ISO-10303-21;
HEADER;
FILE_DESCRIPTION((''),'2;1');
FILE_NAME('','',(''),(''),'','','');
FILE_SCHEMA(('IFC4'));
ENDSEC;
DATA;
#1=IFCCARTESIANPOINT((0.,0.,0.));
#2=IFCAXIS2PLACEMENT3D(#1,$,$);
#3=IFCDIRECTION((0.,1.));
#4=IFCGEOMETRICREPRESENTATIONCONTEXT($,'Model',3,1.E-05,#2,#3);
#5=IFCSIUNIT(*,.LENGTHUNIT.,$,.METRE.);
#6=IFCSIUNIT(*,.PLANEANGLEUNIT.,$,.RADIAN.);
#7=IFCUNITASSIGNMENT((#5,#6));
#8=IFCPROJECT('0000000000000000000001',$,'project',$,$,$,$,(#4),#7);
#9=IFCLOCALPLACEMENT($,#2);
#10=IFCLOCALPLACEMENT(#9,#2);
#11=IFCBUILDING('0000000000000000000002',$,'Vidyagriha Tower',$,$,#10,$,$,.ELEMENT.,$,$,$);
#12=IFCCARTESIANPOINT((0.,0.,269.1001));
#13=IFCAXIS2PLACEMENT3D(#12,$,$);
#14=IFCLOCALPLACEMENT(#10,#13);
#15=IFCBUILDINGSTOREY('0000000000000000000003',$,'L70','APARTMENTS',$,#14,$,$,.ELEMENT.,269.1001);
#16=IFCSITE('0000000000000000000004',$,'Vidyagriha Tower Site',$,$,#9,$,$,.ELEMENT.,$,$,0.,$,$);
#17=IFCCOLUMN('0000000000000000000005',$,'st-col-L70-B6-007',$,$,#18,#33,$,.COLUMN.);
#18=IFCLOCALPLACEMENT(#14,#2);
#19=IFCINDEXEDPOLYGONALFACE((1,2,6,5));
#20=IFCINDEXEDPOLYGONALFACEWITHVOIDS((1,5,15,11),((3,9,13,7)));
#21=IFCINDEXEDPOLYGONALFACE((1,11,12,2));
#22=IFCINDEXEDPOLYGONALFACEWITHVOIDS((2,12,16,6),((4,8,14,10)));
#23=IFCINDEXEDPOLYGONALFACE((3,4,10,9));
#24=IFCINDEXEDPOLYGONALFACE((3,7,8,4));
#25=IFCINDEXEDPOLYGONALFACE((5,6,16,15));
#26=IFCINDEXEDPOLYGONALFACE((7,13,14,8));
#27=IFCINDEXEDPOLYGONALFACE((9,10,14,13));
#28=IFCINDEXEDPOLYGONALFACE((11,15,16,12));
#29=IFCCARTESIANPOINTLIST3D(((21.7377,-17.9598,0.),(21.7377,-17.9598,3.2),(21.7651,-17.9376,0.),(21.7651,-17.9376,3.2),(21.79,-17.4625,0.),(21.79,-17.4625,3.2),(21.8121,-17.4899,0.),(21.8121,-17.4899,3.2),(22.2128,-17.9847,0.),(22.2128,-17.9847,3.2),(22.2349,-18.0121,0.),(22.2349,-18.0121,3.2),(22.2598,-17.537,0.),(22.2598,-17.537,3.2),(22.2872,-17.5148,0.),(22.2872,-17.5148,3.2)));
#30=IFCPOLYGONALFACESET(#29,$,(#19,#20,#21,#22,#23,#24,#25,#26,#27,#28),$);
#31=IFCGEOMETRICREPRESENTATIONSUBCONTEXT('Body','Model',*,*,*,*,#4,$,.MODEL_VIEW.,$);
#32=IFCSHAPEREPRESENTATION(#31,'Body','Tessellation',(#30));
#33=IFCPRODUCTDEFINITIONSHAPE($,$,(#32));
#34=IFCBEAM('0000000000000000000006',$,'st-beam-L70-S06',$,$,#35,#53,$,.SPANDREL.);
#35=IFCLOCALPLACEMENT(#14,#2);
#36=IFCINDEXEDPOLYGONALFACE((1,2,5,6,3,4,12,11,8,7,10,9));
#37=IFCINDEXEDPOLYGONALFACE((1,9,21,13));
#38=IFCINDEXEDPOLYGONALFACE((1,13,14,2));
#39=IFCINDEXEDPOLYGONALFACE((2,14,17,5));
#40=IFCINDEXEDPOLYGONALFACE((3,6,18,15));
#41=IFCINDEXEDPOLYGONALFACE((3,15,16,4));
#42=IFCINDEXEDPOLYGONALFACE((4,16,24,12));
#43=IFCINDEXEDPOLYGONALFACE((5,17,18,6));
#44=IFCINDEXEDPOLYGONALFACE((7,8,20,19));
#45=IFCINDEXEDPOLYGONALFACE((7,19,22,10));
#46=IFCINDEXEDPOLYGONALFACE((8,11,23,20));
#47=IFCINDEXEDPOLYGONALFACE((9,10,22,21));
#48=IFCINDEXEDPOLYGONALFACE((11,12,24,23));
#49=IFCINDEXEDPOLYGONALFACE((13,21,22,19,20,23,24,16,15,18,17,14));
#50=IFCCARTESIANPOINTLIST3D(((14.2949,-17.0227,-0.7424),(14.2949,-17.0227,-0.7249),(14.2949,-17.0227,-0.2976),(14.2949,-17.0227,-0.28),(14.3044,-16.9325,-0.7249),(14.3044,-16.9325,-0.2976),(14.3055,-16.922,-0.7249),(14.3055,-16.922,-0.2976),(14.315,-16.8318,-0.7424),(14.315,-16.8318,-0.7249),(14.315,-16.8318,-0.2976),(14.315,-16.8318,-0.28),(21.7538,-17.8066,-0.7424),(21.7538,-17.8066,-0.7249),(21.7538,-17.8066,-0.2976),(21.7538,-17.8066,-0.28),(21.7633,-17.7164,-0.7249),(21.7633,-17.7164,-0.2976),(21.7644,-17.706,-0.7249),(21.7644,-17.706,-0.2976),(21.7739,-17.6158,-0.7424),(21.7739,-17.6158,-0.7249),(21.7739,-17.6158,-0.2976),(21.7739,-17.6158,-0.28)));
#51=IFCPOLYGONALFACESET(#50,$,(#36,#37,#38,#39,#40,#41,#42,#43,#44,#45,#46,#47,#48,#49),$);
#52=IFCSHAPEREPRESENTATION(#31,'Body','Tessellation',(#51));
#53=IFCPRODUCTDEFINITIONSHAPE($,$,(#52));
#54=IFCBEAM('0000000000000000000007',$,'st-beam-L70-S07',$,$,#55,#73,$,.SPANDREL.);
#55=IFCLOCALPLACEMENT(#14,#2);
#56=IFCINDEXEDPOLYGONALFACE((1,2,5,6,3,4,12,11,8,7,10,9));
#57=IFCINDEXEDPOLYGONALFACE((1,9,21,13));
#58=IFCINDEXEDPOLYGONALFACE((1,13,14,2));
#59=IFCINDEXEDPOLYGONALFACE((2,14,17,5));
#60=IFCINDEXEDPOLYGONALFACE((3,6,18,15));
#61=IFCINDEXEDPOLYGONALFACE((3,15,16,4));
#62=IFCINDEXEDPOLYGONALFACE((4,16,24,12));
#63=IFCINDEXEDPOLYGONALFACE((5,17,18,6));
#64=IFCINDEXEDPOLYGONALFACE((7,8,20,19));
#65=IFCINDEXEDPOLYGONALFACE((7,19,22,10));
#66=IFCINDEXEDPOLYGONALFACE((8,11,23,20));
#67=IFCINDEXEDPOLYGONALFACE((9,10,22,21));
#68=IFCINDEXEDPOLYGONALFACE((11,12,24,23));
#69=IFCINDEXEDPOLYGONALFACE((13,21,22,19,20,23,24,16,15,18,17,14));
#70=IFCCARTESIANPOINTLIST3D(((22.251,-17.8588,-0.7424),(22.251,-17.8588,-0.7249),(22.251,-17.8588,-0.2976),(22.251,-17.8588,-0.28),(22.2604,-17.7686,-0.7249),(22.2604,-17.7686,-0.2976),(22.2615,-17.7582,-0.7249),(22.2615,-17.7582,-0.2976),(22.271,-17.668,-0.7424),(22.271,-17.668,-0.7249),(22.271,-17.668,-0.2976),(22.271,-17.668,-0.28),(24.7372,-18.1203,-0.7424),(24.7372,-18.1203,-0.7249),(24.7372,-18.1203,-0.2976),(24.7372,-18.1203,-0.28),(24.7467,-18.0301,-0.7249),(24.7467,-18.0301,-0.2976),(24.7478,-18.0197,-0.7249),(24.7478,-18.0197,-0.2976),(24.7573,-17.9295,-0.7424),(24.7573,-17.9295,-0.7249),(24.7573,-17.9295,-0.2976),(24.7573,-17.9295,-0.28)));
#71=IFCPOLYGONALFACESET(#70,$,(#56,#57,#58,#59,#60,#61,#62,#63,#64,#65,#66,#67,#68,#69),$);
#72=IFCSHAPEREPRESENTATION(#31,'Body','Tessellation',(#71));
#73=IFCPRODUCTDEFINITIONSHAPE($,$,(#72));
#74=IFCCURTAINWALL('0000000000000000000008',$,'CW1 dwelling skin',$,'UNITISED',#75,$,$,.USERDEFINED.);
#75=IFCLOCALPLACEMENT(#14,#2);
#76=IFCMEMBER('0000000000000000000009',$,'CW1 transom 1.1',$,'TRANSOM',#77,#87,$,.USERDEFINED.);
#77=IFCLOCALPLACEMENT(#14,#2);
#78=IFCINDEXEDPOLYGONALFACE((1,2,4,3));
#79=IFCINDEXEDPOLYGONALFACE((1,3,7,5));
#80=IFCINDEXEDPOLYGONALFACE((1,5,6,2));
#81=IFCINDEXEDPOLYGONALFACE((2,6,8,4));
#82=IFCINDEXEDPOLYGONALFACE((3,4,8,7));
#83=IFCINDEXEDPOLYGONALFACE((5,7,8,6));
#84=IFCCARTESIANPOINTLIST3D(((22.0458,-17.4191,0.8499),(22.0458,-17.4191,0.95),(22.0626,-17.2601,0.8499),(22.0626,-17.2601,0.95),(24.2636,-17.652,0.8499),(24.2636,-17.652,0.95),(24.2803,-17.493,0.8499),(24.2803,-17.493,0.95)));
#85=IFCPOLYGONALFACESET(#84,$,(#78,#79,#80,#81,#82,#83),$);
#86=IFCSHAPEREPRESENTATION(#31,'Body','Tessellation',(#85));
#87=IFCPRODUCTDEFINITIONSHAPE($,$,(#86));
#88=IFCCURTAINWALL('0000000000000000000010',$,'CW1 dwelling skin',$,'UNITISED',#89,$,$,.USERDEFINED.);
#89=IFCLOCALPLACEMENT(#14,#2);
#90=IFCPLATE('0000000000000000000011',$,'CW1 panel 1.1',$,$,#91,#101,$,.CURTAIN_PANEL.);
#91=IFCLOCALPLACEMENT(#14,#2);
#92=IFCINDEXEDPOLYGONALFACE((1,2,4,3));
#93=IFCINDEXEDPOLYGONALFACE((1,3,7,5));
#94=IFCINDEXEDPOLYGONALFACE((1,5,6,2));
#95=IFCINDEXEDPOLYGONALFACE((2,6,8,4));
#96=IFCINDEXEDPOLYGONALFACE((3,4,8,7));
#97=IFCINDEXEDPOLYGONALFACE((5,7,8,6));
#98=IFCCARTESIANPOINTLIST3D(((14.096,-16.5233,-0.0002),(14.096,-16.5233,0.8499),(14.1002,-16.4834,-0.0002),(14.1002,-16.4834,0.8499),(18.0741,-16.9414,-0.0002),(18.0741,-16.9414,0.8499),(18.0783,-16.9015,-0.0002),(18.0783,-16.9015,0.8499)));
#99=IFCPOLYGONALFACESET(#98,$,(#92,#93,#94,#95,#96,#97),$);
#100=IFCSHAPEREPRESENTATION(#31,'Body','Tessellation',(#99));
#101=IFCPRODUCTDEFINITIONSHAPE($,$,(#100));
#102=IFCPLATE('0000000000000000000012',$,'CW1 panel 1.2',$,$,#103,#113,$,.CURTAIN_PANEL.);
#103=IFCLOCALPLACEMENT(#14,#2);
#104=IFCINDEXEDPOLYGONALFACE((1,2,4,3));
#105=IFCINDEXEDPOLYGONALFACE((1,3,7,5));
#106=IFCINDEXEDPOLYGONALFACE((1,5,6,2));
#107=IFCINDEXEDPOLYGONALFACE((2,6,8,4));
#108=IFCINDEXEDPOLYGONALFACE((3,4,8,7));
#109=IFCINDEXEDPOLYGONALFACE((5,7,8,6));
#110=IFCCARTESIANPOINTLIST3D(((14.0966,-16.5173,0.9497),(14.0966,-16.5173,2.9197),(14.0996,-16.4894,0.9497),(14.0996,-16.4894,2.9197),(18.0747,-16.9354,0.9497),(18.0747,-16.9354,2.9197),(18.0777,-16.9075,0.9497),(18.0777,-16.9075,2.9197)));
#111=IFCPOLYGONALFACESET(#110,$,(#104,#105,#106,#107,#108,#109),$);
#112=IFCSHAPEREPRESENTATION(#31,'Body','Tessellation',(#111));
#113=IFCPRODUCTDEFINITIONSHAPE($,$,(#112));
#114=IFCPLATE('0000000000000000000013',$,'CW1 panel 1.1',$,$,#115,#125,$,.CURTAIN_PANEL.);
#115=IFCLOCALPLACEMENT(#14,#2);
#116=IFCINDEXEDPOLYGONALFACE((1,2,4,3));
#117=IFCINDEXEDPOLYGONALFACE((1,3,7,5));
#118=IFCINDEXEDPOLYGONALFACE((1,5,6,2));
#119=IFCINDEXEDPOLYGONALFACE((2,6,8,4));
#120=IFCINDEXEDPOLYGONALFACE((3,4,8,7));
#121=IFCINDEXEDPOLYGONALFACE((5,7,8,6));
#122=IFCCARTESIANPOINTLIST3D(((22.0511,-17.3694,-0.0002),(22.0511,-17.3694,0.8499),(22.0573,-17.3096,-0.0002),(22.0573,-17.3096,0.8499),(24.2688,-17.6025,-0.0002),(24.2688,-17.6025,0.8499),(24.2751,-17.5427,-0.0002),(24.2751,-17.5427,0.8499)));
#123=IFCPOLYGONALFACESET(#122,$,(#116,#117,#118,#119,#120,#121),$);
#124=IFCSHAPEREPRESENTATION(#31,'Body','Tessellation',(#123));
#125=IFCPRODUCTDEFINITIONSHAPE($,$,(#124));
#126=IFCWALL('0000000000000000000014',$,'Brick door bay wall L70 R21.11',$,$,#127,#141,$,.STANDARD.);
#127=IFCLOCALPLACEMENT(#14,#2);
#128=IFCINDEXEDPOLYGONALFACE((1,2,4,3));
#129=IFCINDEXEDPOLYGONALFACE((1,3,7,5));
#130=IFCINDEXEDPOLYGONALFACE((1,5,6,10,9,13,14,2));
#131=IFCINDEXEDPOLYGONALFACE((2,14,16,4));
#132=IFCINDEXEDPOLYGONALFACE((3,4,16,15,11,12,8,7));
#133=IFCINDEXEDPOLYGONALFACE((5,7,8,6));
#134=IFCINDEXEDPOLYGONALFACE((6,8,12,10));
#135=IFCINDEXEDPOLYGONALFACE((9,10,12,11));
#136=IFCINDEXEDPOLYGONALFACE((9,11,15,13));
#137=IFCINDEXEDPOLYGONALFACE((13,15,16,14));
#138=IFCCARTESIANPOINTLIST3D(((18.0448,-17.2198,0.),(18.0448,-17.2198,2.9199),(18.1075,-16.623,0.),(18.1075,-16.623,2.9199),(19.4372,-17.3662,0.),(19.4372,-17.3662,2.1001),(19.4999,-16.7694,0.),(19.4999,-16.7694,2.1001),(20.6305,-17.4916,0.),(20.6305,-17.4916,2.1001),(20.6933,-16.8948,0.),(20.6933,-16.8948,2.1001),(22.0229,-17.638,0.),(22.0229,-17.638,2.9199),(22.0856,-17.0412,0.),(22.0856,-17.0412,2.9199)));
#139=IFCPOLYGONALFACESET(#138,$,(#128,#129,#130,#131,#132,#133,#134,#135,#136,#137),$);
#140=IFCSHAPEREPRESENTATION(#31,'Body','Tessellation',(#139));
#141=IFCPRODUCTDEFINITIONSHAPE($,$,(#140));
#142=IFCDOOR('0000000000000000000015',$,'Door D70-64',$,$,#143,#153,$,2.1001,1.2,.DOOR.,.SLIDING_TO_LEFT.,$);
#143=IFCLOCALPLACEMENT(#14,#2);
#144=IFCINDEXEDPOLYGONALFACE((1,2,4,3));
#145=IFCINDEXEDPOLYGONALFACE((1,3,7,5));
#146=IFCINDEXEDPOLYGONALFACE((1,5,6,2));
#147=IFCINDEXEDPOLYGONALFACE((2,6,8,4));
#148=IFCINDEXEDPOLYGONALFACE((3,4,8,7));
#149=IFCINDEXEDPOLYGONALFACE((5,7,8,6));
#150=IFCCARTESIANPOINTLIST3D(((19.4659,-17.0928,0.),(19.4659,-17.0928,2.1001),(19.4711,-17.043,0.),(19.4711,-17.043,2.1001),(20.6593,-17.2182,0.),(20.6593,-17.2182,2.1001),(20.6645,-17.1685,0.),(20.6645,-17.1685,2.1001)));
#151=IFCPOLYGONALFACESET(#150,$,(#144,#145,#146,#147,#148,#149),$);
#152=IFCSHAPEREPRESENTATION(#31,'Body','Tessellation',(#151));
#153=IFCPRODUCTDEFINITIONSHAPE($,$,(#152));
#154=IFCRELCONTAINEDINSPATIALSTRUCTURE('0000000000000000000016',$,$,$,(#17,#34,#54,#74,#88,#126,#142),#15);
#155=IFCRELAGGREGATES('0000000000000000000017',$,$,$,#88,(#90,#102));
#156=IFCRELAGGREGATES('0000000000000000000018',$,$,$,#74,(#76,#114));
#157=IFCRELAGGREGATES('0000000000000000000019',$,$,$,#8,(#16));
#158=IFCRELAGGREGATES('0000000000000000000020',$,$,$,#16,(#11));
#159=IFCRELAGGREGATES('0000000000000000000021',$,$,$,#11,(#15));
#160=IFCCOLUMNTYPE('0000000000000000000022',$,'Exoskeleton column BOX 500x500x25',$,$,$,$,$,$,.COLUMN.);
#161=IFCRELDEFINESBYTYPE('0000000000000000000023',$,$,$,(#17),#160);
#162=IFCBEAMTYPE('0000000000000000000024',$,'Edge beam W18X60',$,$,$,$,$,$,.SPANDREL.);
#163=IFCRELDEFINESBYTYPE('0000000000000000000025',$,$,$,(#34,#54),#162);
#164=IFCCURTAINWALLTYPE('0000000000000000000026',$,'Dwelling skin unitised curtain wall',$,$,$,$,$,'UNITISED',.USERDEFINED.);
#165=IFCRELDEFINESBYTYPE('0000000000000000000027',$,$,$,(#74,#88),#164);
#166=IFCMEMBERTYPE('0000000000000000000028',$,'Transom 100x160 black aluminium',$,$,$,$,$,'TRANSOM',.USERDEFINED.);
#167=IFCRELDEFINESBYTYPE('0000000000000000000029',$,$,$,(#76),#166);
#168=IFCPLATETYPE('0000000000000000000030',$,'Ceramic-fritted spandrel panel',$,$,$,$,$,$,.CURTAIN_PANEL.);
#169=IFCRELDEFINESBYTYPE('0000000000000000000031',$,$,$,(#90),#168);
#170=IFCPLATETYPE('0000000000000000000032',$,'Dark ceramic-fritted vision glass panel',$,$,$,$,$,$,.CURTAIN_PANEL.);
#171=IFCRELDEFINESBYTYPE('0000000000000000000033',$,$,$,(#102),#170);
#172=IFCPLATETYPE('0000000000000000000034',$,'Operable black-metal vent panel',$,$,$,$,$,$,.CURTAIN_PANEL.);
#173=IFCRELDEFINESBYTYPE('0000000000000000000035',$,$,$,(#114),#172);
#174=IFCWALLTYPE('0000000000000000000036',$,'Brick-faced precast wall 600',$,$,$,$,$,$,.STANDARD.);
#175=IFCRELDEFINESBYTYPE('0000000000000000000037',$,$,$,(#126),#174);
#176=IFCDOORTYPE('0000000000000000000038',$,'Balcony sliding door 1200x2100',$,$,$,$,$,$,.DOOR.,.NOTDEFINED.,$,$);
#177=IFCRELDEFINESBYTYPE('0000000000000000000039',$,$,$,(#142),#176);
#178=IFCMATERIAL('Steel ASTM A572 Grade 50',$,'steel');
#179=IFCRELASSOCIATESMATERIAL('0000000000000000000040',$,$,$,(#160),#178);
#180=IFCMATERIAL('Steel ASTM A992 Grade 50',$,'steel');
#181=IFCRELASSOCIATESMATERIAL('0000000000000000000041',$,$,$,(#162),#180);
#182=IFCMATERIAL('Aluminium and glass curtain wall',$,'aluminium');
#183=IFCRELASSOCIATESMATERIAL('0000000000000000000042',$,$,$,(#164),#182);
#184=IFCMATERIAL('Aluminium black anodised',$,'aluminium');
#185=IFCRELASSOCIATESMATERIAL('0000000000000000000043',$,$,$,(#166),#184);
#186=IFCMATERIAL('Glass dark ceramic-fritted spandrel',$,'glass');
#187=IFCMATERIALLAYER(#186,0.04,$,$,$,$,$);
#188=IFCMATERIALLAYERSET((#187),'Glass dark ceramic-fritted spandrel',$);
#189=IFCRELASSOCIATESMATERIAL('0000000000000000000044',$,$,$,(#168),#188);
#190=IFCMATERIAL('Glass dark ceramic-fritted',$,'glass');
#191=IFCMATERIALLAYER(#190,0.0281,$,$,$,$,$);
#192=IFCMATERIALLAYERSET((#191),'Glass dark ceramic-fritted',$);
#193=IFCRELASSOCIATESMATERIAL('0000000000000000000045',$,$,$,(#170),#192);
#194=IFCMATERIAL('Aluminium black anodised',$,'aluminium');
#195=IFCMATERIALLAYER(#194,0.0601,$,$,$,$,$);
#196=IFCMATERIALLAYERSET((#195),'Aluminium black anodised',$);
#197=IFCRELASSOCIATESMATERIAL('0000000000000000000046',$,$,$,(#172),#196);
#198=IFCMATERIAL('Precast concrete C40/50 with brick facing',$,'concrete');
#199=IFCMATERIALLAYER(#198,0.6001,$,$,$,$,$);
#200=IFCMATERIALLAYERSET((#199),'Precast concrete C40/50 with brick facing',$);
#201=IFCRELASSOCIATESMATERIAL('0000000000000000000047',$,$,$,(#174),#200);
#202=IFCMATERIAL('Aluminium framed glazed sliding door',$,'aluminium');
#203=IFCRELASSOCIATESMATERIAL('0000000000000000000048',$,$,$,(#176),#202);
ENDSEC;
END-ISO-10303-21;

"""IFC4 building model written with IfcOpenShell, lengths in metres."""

from ifc_helpers import new_model, si_unit, direction, frame, frame_2d, origin, origin_2d, place, context, subcontext, project, spatial, rectangle, hollow_rectangle, i_section, extrude, material, layer, layer_set, material_profile, profile_set, type_object, element, fill, aggregate, save


model = new_model("IFC4")

# Units and contexts
model_context = context("Model", 3, precision=1e-05, world=origin(), true_north=direction((0.0, 1.0)))
body_context = subcontext(model_context, "Body", "Model", "MODEL_VIEW")
ifc_project = project(units=[si_unit("LENGTHUNIT", "METRE"), si_unit("PLANEANGLEUNIT", "RADIAN")], contexts=[model_context])

# Site, building, storey
site_placement = place(None, origin())
site = spatial("IfcSite", under=ifc_project, at=site_placement, Name="Vidyagriha Tower Site", CompositionType="ELEMENT", RefElevation=0.0)
building_placement = place(site_placement, origin())
building = spatial("IfcBuilding", under=site, at=building_placement, Name="Vidyagriha Tower", CompositionType="ELEMENT")
storey_placement = place(building_placement, frame((0.0, 0.0, 269.1001)))
storey = spatial("IfcBuildingStorey", under=building, at=storey_placement, Name="L70", Description="APARTMENTS", CompositionType="ELEMENT", Elevation=269.1001)

# Column
ifc_material_1 = material(Name="Steel ASTM A572 Grade 50", Category="steel")
ifc_material_profile_1 = material_profile(ifc_material_1, hollow_rectangle(XDim=0.5, YDim=0.5, WallThickness=0.0249, at=origin_2d()), Name="BOX 500x500x25")
ifc_profile_set_1 = profile_set([ifc_material_profile_1], Name="Steel ASTM A572 Grade 50")
column_type = type_object("IfcColumnType", Name="Exoskeleton column BOX 500x500x25", PredefinedType="COLUMN", material=ifc_profile_set_1)
column_placement = place(storey_placement, frame((22.0125, -17.7373, 0.0), z_axis=(0.0, 0.0, 1.0), x_axis=(0.994522, -0.104528, 0.0)))
element("IfcColumn", 1, at=column_placement, inside=storey, type_object=column_type, Name="st-col-L70-B6-007", PredefinedType="COLUMN", context=body_context, shape_type="SweptSolid", body=[
    extrude(hollow_rectangle(XDim=0.5, YDim=0.5, WallThickness=0.0249, at=origin_2d()), origin(), (0.0, 0.0, 1.0), 3.2),
])

# Beams
ifc_material_2 = material(Name="Steel ASTM A992 Grade 50", Category="steel")
ifc_material_profile_2 = material_profile(ifc_material_2, i_section(OverallWidth=0.1919, OverallDepth=0.4624, WebThickness=0.0105, FlangeThickness=0.0176, at=origin_2d()), Name="W18X60")
ifc_profile_set_2 = profile_set([ifc_material_profile_2], Name="Steel ASTM A992 Grade 50")
beam_type = type_object("IfcBeamType", Name="Edge beam W18X60", PredefinedType="SPANDREL", material=ifc_profile_set_2)
beam_1_placement = place(storey_placement, frame((14.3049, -16.9272, -0.5112), z_axis=(0.994522, -0.104524, 0.0), x_axis=(0.104524, 0.994522, 0.0)))
element("IfcBeam", 2, at=beam_1_placement, inside=storey, type_object=beam_type, Name="st-beam-L70-S06", PredefinedType="SPANDREL", context=body_context, shape_type="SweptSolid", body=[
    extrude(i_section(OverallWidth=0.1919, OverallDepth=0.4624, WebThickness=0.0105, FlangeThickness=0.0176, at=origin_2d()), origin(), (0.0, 0.0, 1.0), 7.5),
])
beam_2_placement = place(storey_placement, frame((22.261, -17.7634, -0.5112), z_axis=(0.994516, -0.104588, 0.0), x_axis=(0.104588, 0.994516, 0.0)))
element("IfcBeam", 3, at=beam_2_placement, inside=storey, type_object=beam_type, Name="st-beam-L70-S07", PredefinedType="SPANDREL", context=body_context, shape_type="SweptSolid", body=[
    extrude(i_section(OverallWidth=0.1919, OverallDepth=0.4624, WebThickness=0.0105, FlangeThickness=0.0176, at=origin_2d()), origin(), (0.0, 0.0, 1.0), 2.5),
])

# Curtain wall, member
ifc_material_3 = material(Name="Aluminium and glass curtain wall", Category="aluminium")
curtain_wall_type = type_object("IfcCurtainWallType", Name="Dwelling skin unitised curtain wall", ElementType="UNITISED", PredefinedType="USERDEFINED", material=ifc_material_3)
curtain_wall_1_placement = place(storey_placement, origin())
curtain_wall_1 = element("IfcCurtainWall", 4, at=curtain_wall_1_placement, inside=storey, type_object=curtain_wall_type, Name="CW1 dwelling skin", ObjectType="UNITISED", PredefinedType="USERDEFINED")
ifc_material_4 = material(Name="Aluminium black anodised", Category="aluminium")
ifc_material_profile_3 = material_profile(ifc_material_4, rectangle(XDim=0.1599, YDim=0.1001, at=origin_2d()), Name="Transom 100x160 black aluminium")
ifc_profile_set_3 = profile_set([ifc_material_profile_3], Name="Aluminium black anodised")
member_type = type_object("IfcMemberType", Name="Transom 100x160 black aluminium", ElementType="TRANSOM", PredefinedType="USERDEFINED", material=ifc_profile_set_3)
member_placement = place(storey_placement, frame((22.0542, -17.3396, 0.8999), z_axis=(0.994531, -0.104445, 0.0), x_axis=(0.104445, 0.994531, 0.0)))
member = element("IfcMember", 5, at=member_placement, type_object=member_type, Name="CW1 transom 1.1", ObjectType="TRANSOM", PredefinedType="USERDEFINED", context=body_context, shape_type="SweptSolid", body=[
    extrude(rectangle(XDim=0.1599, YDim=0.1001, at=origin_2d()), origin(), (0.0, 0.0, 1.0), 2.23),
])

# Curtain wall, plates
curtain_wall_2_placement = place(storey_placement, origin())
curtain_wall_2 = element("IfcCurtainWall", 6, at=curtain_wall_2_placement, inside=storey, type_object=curtain_wall_type, Name="CW1 dwelling skin", ObjectType="UNITISED", PredefinedType="USERDEFINED")
ifc_material_5 = material(Name="Glass dark ceramic-fritted spandrel", Category="glass")
ifc_layer_1 = layer(ifc_material_5, 0.04)
ifc_layer_set_1 = layer_set([ifc_layer_1], Name="Glass dark ceramic-fritted spandrel")
plate_type_1 = type_object("IfcPlateType", Name="Ceramic-fritted spandrel panel", PredefinedType="CURTAIN_PANEL", material=ifc_layer_set_1)
plate_1_placement = place(storey_placement, frame((16.0872, -16.7124, -0.0002), z_axis=(0.0, 0.0, 1.0), x_axis=(0.994522, -0.104525, 0.0)))
plate_1 = element("IfcPlate", 7, at=plate_1_placement, type_object=plate_type_1, Name="CW1 panel 1.1", PredefinedType="CURTAIN_PANEL", context=body_context, shape_type="SweptSolid", body=[
    extrude(rectangle(XDim=4.0, YDim=0.04, at=origin_2d()), origin(), (0.0, 0.0, 1.0), 0.8501),
])
ifc_material_6 = material(Name="Glass dark ceramic-fritted", Category="glass")
ifc_layer_2 = layer(ifc_material_6, 0.0281)
ifc_layer_set_2 = layer_set([ifc_layer_2], Name="Glass dark ceramic-fritted")
plate_type_2 = type_object("IfcPlateType", Name="Dark ceramic-fritted vision glass panel", PredefinedType="CURTAIN_PANEL", material=ifc_layer_set_2)
plate_2_placement = place(storey_placement, frame((16.0872, -16.7124, 0.9497), z_axis=(0.0, 0.0, 1.0), x_axis=(0.994522, -0.104525, 0.0)))
plate_2 = element("IfcPlate", 8, at=plate_2_placement, type_object=plate_type_2, Name="CW1 panel 1.2", PredefinedType="CURTAIN_PANEL", context=body_context, shape_type="SweptSolid", body=[
    extrude(rectangle(XDim=4.0, YDim=0.0281, at=origin_2d()), origin(), (0.0, 0.0, 1.0), 1.97),
])
aggregate(curtain_wall_2, [plate_1, plate_2])

# Plate
ifc_material_7 = material(Name="Aluminium black anodised", Category="aluminium")
ifc_layer_3 = layer(ifc_material_7, 0.0601)
ifc_layer_set_3 = layer_set([ifc_layer_3], Name="Aluminium black anodised")
plate_type_3 = type_object("IfcPlateType", Name="Operable black-metal vent panel", PredefinedType="CURTAIN_PANEL", material=ifc_layer_set_3)
plate_3_placement = place(storey_placement, frame((23.1631, -17.4561, -0.0002), z_axis=(0.0, 0.0, 1.0), x_axis=(0.994523, -0.104522, 0.0)))
plate_3 = element("IfcPlate", 9, at=plate_3_placement, type_object=plate_type_3, Name="CW1 panel 1.1", PredefinedType="CURTAIN_PANEL", context=body_context, shape_type="SweptSolid", body=[
    extrude(rectangle(XDim=2.23, YDim=0.0601, at=origin_2d()), origin(), (0.0, 0.0, 1.0), 0.8501),
])
aggregate(curtain_wall_1, [member, plate_3])

# Wall, opening, door
ifc_material_8 = material(Name="Precast concrete C40/50 with brick facing", Category="concrete")
ifc_layer_4 = layer(ifc_material_8, 0.6001)
ifc_layer_set_4 = layer_set([ifc_layer_4], Name="Precast concrete C40/50 with brick facing")
wall_type = type_object("IfcWallType", Name="Brick-faced precast wall 600", PredefinedType="STANDARD", material=ifc_layer_set_4)
wall_placement = place(storey_placement, frame((18.0762, -16.9214, 0.0), z_axis=(0.0, 0.0, 1.0), x_axis=(0.994519, -0.104555, 0.0)))
wall = element("IfcWall", 10, at=wall_placement, inside=storey, type_object=wall_type, Name="Brick door bay wall L70 R21.11", PredefinedType="STANDARD", context=body_context, shape_type="SweptSolid", body=[
    extrude(rectangle(XDim=4.0, YDim=0.6001, at=frame_2d((2.0, 0.0))), origin(), (0.0, 0.0, 1.0), 2.9199),
])
opening_placement = place(wall_placement, frame((1.3999, 0.0, 0.0)))
opening = element("IfcOpeningElement", 11, at=opening_placement, cuts=wall, PredefinedType="OPENING", context=body_context, shape_type="SweptSolid", body=[
    extrude(rectangle(XDim=1.2, YDim=2.1001, at=frame_2d((0.6001, 1.05))), frame((0.0, 0.3101, 0.0), z_axis=(0.0, -1.0, 0.0), x_axis=(1.0, 0.0, 0.0)), (0.0, 0.0, 1.0), 0.6201),
])
ifc_material_9 = material(Name="Aluminium framed glazed sliding door", Category="aluminium")
door_type = type_object("IfcDoorType", Name="Balcony sliding door 1200x2100", OperationType="NOTDEFINED", PredefinedType="DOOR", material=ifc_material_9)
door_placement = place(opening_placement, origin())
door = element("IfcDoor", 12, at=door_placement, inside=storey, type_object=door_type, Name="Door D70-64", OperationType="SLIDING_TO_LEFT", OverallHeight=2.1001, OverallWidth=1.2, PredefinedType="DOOR", context=body_context, shape_type="SweptSolid", body=[
    extrude(rectangle(XDim=1.2, YDim=2.1001, at=frame_2d((0.6001, 1.05))), frame((0.0, 0.0249, 0.0), z_axis=(0.0, -1.0, 0.0), x_axis=(1.0, 0.0, 0.0)), (0.0, 0.0, 1.0), 0.05),
])
fill(opening, door)

save(model, "model.ifc")
